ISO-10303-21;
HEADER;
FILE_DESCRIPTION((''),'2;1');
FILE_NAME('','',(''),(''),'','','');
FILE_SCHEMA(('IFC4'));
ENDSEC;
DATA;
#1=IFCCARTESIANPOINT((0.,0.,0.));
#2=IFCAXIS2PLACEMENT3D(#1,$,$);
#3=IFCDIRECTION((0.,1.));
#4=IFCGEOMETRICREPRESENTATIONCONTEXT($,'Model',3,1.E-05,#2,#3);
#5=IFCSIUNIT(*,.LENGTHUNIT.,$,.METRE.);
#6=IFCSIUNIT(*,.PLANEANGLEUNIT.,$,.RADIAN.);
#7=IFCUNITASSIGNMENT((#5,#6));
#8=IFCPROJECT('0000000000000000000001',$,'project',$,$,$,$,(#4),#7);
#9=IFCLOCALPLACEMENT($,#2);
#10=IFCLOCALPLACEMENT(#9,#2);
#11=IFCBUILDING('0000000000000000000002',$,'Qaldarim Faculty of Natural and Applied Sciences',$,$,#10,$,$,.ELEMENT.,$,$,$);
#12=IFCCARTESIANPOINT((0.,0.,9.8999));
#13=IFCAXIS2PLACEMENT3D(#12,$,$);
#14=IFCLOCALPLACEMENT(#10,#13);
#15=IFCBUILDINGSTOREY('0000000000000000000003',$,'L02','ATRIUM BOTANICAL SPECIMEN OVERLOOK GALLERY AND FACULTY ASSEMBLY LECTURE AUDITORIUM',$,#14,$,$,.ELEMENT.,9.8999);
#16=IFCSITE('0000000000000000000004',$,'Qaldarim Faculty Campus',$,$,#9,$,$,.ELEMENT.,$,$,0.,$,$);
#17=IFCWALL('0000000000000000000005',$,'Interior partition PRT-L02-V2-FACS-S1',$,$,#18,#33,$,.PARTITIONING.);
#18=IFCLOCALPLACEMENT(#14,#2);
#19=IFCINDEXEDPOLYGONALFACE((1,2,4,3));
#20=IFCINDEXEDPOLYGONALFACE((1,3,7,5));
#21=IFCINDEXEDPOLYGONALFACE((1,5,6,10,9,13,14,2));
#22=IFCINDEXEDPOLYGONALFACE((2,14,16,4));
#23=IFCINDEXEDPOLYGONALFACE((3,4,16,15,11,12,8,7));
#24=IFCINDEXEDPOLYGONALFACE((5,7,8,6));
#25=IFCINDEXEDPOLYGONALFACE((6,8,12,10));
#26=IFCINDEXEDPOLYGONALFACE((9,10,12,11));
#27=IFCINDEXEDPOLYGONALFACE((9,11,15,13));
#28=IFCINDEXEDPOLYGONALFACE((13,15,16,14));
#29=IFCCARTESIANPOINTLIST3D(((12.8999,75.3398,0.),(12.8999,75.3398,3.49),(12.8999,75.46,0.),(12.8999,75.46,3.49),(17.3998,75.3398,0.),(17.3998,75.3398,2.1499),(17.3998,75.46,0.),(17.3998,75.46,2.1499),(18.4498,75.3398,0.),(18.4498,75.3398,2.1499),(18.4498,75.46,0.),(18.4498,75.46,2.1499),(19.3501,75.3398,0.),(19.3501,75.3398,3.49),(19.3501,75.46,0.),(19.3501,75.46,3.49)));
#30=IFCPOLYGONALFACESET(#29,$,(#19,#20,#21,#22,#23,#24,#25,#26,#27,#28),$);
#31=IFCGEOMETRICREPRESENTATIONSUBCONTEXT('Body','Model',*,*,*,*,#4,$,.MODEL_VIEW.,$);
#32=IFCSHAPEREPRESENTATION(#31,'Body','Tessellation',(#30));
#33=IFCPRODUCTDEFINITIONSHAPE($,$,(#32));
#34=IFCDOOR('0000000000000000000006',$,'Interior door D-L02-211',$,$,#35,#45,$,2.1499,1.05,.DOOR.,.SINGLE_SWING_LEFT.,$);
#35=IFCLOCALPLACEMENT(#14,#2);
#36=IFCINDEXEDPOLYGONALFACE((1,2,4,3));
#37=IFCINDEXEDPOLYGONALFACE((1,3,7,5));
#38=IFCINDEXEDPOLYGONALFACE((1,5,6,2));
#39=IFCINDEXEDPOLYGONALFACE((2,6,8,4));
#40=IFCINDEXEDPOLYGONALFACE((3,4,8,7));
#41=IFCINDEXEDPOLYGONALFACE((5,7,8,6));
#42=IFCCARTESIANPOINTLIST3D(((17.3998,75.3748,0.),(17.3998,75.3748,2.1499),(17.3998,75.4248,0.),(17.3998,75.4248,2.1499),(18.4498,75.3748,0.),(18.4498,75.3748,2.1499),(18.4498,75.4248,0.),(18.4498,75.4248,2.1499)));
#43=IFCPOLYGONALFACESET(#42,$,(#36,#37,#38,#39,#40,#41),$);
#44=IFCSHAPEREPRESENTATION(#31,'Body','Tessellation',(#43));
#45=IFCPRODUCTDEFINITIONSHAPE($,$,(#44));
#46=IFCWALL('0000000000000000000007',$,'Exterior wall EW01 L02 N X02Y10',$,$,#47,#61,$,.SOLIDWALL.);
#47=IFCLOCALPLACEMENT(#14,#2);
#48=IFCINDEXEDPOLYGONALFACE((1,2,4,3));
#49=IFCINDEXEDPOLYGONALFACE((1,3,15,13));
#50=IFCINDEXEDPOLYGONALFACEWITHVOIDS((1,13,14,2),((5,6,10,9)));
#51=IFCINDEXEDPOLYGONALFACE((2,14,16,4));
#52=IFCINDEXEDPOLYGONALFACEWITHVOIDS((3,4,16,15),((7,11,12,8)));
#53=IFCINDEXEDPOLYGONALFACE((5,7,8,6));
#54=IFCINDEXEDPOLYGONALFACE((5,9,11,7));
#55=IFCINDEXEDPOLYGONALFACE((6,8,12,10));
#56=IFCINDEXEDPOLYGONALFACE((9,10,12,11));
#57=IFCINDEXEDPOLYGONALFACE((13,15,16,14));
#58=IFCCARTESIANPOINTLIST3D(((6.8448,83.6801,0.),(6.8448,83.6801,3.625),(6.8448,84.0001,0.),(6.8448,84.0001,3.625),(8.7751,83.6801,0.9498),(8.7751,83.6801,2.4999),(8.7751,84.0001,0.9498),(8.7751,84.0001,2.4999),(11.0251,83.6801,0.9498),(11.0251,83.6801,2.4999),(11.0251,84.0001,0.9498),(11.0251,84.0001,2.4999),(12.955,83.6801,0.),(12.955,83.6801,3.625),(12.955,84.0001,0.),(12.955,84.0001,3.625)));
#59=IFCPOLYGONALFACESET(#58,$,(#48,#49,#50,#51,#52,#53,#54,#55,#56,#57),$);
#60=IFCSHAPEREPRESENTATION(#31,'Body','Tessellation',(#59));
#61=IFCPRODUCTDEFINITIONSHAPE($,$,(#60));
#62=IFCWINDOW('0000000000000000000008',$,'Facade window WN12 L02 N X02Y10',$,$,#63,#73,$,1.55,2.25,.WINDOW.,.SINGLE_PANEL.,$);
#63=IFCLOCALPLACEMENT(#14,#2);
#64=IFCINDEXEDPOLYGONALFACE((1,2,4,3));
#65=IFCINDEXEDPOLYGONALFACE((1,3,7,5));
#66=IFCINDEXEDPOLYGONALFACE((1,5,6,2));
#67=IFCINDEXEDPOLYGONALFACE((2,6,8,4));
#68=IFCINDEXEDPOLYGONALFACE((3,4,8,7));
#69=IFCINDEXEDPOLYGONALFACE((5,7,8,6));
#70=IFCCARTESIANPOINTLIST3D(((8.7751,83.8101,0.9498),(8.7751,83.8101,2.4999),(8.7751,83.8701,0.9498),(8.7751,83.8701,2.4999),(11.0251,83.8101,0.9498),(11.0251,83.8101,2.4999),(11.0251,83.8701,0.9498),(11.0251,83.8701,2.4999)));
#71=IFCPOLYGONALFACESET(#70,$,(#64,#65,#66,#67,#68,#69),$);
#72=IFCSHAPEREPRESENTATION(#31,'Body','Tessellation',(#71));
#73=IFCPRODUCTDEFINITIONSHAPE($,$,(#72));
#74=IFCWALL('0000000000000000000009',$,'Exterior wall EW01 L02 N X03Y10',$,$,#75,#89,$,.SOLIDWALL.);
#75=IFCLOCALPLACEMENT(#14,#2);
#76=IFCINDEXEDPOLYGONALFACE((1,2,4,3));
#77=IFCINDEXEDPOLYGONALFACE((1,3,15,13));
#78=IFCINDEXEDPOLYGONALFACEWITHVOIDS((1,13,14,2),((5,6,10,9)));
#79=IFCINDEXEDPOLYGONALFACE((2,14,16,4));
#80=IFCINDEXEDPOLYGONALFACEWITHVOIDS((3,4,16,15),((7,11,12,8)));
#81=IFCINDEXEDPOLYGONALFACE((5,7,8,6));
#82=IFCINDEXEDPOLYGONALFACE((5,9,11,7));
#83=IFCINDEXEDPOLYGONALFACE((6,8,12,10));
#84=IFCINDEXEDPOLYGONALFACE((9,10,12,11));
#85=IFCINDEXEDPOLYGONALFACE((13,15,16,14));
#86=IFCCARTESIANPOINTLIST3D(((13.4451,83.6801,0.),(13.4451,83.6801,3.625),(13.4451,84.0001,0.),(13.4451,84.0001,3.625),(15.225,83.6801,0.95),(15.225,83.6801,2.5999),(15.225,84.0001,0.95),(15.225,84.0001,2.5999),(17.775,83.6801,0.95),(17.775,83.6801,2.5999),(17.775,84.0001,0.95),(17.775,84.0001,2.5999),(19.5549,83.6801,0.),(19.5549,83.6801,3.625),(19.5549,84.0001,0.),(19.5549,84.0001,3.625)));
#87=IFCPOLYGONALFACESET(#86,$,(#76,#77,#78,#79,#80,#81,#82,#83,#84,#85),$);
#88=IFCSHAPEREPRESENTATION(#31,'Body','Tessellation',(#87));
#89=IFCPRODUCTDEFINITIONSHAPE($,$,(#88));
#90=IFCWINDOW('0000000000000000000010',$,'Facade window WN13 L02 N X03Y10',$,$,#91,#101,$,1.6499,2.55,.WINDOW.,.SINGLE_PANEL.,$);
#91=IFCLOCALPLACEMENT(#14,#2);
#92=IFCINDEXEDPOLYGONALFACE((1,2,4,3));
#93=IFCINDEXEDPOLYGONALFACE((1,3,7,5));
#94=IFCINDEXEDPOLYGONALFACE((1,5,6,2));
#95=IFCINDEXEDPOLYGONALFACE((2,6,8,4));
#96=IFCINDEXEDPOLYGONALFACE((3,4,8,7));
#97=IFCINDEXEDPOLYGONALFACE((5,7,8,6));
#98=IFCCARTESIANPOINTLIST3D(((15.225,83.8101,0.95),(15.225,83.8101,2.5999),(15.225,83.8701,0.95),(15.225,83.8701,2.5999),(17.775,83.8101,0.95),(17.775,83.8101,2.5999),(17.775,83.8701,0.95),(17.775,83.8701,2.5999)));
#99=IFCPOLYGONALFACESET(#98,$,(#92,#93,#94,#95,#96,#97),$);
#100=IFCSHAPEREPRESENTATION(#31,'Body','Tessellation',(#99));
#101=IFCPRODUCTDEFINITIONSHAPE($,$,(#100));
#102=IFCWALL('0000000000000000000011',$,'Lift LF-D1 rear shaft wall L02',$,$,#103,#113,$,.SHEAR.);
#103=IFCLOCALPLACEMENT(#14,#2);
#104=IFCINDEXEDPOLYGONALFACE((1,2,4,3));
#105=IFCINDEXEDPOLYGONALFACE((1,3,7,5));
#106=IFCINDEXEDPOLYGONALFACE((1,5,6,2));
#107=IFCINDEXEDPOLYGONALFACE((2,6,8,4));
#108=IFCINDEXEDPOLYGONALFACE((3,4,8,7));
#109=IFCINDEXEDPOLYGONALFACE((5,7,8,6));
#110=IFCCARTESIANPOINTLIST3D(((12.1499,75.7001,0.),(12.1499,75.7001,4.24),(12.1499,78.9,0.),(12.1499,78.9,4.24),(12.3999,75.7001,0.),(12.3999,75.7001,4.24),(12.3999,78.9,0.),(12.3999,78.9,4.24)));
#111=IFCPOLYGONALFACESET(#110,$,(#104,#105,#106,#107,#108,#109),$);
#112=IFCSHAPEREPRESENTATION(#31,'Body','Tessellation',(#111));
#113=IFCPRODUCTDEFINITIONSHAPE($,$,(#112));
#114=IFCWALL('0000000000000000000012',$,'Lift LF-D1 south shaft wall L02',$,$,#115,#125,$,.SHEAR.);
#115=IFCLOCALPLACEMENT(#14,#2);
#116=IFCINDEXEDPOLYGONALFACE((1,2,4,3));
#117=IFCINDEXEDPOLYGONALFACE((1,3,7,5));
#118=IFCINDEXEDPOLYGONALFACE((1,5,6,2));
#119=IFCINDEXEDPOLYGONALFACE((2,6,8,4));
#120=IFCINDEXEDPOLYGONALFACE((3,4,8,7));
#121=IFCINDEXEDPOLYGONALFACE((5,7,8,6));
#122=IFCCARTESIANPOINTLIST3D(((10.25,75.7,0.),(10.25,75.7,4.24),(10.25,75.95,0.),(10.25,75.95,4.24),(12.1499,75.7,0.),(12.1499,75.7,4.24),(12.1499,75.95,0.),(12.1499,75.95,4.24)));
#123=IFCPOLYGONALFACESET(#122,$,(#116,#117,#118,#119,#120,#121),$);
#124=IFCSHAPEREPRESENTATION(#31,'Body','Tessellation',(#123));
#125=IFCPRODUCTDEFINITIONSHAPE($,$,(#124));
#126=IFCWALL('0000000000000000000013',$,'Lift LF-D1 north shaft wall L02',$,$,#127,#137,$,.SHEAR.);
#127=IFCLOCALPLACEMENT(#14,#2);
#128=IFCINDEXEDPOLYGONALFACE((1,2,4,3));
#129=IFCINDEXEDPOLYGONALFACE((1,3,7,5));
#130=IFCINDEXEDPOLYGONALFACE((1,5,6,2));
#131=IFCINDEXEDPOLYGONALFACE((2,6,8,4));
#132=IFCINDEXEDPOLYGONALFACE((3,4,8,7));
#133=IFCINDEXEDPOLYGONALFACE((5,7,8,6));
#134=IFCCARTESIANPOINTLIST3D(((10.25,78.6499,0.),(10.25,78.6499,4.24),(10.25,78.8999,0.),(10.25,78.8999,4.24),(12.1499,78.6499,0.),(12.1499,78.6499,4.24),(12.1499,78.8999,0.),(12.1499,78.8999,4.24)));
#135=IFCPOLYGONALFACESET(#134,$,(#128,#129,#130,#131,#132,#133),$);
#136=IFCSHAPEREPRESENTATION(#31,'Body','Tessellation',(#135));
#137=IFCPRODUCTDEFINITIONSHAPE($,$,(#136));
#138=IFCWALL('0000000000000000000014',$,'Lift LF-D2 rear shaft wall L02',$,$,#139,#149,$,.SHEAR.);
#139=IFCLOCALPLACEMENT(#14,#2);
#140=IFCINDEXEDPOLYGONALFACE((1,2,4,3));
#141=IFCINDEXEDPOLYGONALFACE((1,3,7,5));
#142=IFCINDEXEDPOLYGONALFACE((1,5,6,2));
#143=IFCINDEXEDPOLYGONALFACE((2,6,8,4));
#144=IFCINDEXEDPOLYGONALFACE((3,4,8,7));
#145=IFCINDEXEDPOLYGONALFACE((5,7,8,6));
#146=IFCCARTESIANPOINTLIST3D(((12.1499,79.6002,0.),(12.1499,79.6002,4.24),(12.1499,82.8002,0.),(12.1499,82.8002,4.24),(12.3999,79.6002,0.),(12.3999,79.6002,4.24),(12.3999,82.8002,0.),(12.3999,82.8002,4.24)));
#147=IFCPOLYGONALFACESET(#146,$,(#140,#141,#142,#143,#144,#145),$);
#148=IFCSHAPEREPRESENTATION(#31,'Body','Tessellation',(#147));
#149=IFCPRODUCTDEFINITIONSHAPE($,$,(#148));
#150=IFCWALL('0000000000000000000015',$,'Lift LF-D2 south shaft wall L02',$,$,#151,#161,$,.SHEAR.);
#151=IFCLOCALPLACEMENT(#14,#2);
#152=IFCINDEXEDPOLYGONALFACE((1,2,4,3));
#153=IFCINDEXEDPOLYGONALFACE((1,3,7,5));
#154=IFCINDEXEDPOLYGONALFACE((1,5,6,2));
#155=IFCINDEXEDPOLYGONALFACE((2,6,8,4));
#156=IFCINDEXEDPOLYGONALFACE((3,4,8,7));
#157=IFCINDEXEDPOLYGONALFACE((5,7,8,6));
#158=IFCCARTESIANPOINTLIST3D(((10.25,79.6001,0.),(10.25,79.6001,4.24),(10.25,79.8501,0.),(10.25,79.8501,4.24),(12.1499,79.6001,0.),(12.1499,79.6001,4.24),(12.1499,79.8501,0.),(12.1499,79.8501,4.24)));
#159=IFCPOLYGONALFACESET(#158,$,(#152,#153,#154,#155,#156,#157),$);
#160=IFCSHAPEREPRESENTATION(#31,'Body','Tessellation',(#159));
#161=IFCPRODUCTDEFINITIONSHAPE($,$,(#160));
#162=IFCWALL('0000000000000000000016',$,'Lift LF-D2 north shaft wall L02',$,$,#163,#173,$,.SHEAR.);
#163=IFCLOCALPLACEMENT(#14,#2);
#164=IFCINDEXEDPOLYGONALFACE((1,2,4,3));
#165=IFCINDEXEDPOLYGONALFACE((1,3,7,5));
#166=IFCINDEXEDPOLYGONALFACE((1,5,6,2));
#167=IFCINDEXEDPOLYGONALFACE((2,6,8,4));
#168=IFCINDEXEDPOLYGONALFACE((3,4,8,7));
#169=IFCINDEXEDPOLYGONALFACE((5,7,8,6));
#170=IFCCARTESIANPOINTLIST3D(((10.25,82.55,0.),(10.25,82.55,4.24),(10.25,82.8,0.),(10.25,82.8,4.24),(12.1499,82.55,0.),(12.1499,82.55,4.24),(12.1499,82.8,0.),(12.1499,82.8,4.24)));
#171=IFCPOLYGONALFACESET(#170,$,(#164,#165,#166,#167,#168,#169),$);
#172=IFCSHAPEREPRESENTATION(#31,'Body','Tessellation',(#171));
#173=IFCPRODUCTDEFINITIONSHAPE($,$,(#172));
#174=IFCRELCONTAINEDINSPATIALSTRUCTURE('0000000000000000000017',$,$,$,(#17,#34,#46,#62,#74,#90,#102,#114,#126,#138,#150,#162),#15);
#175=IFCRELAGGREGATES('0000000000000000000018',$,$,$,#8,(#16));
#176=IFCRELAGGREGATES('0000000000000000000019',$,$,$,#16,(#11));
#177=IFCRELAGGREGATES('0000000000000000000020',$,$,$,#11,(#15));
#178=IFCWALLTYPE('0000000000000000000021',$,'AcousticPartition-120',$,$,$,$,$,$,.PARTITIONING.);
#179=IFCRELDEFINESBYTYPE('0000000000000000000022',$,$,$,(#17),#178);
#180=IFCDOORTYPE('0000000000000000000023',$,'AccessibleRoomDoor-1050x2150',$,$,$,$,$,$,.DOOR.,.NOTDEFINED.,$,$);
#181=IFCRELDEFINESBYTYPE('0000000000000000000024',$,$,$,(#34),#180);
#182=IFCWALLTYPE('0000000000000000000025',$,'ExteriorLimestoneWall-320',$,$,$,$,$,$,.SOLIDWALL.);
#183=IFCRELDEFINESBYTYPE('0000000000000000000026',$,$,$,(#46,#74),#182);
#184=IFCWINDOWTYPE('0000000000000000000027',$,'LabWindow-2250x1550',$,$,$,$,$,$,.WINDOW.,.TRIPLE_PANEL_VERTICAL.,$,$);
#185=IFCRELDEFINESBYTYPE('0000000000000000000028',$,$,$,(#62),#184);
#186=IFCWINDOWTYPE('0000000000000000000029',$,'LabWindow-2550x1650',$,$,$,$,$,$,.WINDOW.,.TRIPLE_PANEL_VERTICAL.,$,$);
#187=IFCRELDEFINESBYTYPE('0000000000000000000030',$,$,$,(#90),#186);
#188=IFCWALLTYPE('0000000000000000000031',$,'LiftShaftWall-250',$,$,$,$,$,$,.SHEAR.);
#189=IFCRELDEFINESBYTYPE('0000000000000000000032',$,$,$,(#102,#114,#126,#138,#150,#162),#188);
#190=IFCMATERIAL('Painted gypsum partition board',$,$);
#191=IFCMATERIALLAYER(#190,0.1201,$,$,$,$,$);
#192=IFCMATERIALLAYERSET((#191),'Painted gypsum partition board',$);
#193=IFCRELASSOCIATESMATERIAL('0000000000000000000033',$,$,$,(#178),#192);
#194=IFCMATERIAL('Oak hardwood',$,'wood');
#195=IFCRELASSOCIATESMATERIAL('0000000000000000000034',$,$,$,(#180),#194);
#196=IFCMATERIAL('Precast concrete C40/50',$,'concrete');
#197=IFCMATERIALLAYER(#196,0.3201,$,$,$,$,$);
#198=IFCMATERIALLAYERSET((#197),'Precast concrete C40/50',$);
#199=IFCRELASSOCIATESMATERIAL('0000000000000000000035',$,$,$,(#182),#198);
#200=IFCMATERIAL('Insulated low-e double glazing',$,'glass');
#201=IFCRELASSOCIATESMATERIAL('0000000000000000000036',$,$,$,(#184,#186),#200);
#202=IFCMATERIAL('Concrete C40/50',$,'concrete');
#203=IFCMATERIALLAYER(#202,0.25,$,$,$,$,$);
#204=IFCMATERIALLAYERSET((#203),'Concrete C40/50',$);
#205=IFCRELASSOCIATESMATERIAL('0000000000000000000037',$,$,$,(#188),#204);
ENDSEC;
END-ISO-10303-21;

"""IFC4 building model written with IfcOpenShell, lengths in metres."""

from ifc_helpers import new_model, si_unit, direction, frame, frame_2d, origin, place, context, subcontext, project, spatial, rectangle, extrude, material, layer, layer_set, type_object, element, fill, save


model = new_model("IFC4")

# Units and contexts
model_context = context("Model", 3, precision=1e-05, world=origin(), true_north=direction((0.0, 1.0)))
body_context = subcontext(model_context, "Body", "Model", "MODEL_VIEW")
ifc_project = project(units=[si_unit("LENGTHUNIT", "METRE"), si_unit("PLANEANGLEUNIT", "RADIAN")], contexts=[model_context])

# Site, building, storey
site_placement = place(None, origin())
site = spatial("IfcSite", under=ifc_project, at=site_placement, Name="Qaldarim Faculty Campus", CompositionType="ELEMENT", RefElevation=0.0)
building_placement = place(site_placement, origin())
building = spatial("IfcBuilding", under=site, at=building_placement, Name="Qaldarim Faculty of Natural and Applied Sciences", CompositionType="ELEMENT")
storey_placement = place(building_placement, frame((0.0, 0.0, 9.8999)))
storey = spatial("IfcBuildingStorey", under=building, at=storey_placement, Name="L02", Description="ATRIUM BOTANICAL SPECIMEN OVERLOOK GALLERY AND FACULTY ASSEMBLY LECTURE AUDITORIUM", CompositionType="ELEMENT", Elevation=9.8999)

# Shared definitions
ifc_material_1 = material(Name="Concrete C40/50", Category="concrete")
ifc_material_2 = material(Name="Precast concrete C40/50", Category="concrete")

# Wall, opening, door
ifc_material_3 = material(Name="Painted gypsum partition board")
ifc_layer_1 = layer(ifc_material_3, 0.1201)
ifc_layer_set_1 = layer_set([ifc_layer_1], Name="Painted gypsum partition board")
wall_type_1 = type_object("IfcWallType", Name="AcousticPartition-120", PredefinedType="PARTITIONING", material=ifc_layer_set_1)
wall_1_placement = place(storey_placement, frame((12.8999, 75.3999, 0.0), z_axis=(0.0, 0.0, 1.0), x_axis=(1.0, 0.0, 0.0)))
wall_1 = element("IfcWall", 1, at=wall_1_placement, inside=storey, type_object=wall_type_1, Name="Interior partition PRT-L02-V2-FACS-S1", PredefinedType="PARTITIONING", context=body_context, shape_type="SweptSolid", body=[
    extrude(rectangle(XDim=6.4502, YDim=0.1201, at=frame_2d((3.2251, 0.0))), origin(), (0.0, 0.0, 1.0), 3.49),
])
opening_1_placement = place(wall_1_placement, frame((4.5, 0.0, 0.0)))
opening_1 = element("IfcOpeningElement", 2, at=opening_1_placement, cuts=wall_1, PredefinedType="OPENING", context=body_context, shape_type="SweptSolid", body=[
    extrude(rectangle(XDim=1.05, YDim=2.1499, at=frame_2d((0.5249, 1.075))), frame((0.0, 0.0701, 0.0), z_axis=(0.0, -1.0, 0.0), x_axis=(1.0, 0.0, 0.0)), (0.0, 0.0, 1.0), 0.1401),
])
ifc_material_4 = material(Name="Oak hardwood", Category="wood")
door_type_1 = type_object("IfcDoorType", Name="AccessibleRoomDoor-1050x2150", OperationType="NOTDEFINED", PredefinedType="DOOR", material=ifc_material_4)
door_1_placement = place(opening_1_placement, origin())
door_1 = element("IfcDoor", 3, at=door_1_placement, inside=storey, type_object=door_type_1, Name="Interior door D-L02-211", OperationType="SINGLE_SWING_LEFT", OverallHeight=2.1499, OverallWidth=1.05, PredefinedType="DOOR", context=body_context, shape_type="SweptSolid", body=[
    extrude(rectangle(XDim=1.05, YDim=2.1499, at=frame_2d((0.5249, 1.075))), frame((0.0, 0.0249, 0.0), z_axis=(0.0, -1.0, 0.0), x_axis=(1.0, 0.0, 0.0)), (0.0, 0.0, 1.0), 0.05),
])
fill(opening_1, door_1)

# Walls, openings, windows
ifc_layer_2 = layer(ifc_material_2, 0.3201)
ifc_layer_set_2 = layer_set([ifc_layer_2], Name="Precast concrete C40/50")
wall_type_2 = type_object("IfcWallType", Name="ExteriorLimestoneWall-320", PredefinedType="SOLIDWALL", material=ifc_layer_set_2)
wall_2_placement = place(storey_placement, frame((12.9551, 83.8401, 0.0), z_axis=(0.0, 0.0, 1.0), x_axis=(-1.0, 0.0, 0.0)))
wall_2 = element("IfcWall", 4, at=wall_2_placement, inside=storey, type_object=wall_type_2, Name="Exterior wall EW01 L02 N X02Y10", PredefinedType="SOLIDWALL", context=body_context, shape_type="SweptSolid", body=[
    extrude(rectangle(XDim=6.1101, YDim=0.3201, at=frame_2d((3.0552, 0.0))), origin(), (0.0, 0.0, 1.0), 3.625),
])
opening_2_placement = place(wall_2_placement, frame((1.9299, 0.0, 0.95)))
opening_2 = element("IfcOpeningElement", 5, at=opening_2_placement, cuts=wall_2, PredefinedType="OPENING", context=body_context, shape_type="SweptSolid", body=[
    extrude(rectangle(XDim=2.25, YDim=1.55, at=frame_2d((1.125, 0.7749))), frame((0.0, 0.1699, 0.0), z_axis=(0.0, -1.0, 0.0), x_axis=(1.0, 0.0, 0.0)), (0.0, 0.0, 1.0), 0.3401),
])
ifc_material_5 = material(Name="Insulated low-e double glazing", Category="glass")
window_type_1 = type_object("IfcWindowType", Name="LabWindow-2250x1550", PartitioningType="TRIPLE_PANEL_VERTICAL", PredefinedType="WINDOW", material=ifc_material_5)
window_1_placement = place(opening_2_placement, origin())
window_1 = element("IfcWindow", 6, at=window_1_placement, inside=storey, type_object=window_type_1, Name="Facade window WN12 L02 N X02Y10", OverallHeight=1.55, OverallWidth=2.25, PartitioningType="SINGLE_PANEL", PredefinedType="WINDOW", context=body_context, shape_type="SweptSolid", body=[
    extrude(rectangle(XDim=2.25, YDim=1.55, at=frame_2d((1.125, 0.7749))), frame((0.0, 0.03, 0.0), z_axis=(0.0, -1.0, 0.0), x_axis=(1.0, 0.0, 0.0)), (0.0, 0.0, 1.0), 0.0601),
])
fill(opening_2, window_1)
wall_3_placement = place(storey_placement, frame((19.5549, 83.8401, 0.0), z_axis=(0.0, 0.0, 1.0), x_axis=(-1.0, 0.0, 0.0)))
wall_3 = element("IfcWall", 7, at=wall_3_placement, inside=storey, type_object=wall_type_2, Name="Exterior wall EW01 L02 N X03Y10", PredefinedType="SOLIDWALL", context=body_context, shape_type="SweptSolid", body=[
    extrude(rectangle(XDim=6.1099, YDim=0.3201, at=frame_2d((3.0549, 0.0))), origin(), (0.0, 0.0, 1.0), 3.625),
])
opening_3_placement = place(wall_3_placement, frame((1.78, 0.0, 0.95)))
opening_3 = element("IfcOpeningElement", 8, at=opening_3_placement, cuts=wall_3, PredefinedType="OPENING", context=body_context, shape_type="SweptSolid", body=[
    extrude(rectangle(XDim=2.55, YDim=1.6499, at=frame_2d((1.2749, 0.825))), frame((0.0, 0.1699, 0.0), z_axis=(0.0, -1.0, 0.0), x_axis=(1.0, 0.0, 0.0)), (0.0, 0.0, 1.0), 0.3401),
])
window_type_2 = type_object("IfcWindowType", Name="LabWindow-2550x1650", PartitioningType="TRIPLE_PANEL_VERTICAL", PredefinedType="WINDOW", material=ifc_material_5)
window_2_placement = place(opening_3_placement, origin())
window_2 = element("IfcWindow", 9, at=window_2_placement, inside=storey, type_object=window_type_2, Name="Facade window WN13 L02 N X03Y10", OverallHeight=1.6499, OverallWidth=2.55, PartitioningType="SINGLE_PANEL", PredefinedType="WINDOW", context=body_context, shape_type="SweptSolid", body=[
    extrude(rectangle(XDim=2.55, YDim=1.6499, at=frame_2d((1.2749, 0.825))), frame((0.0, 0.03, 0.0), z_axis=(0.0, -1.0, 0.0), x_axis=(1.0, 0.0, 0.0)), (0.0, 0.0, 1.0), 0.0601),
])
fill(opening_3, window_2)

# Shared definitions
ifc_layer_3 = layer(ifc_material_1, 0.25)
ifc_layer_set_3 = layer_set([ifc_layer_3], Name="Concrete C40/50")
wall_type_3 = type_object("IfcWallType", Name="LiftShaftWall-250", PredefinedType="SHEAR", material=ifc_layer_set_3)

# Walls
wall_4_placement = place(storey_placement, frame((12.2749, 75.7, 0.0), z_axis=(0.0, 0.0, 1.0), x_axis=(0.0, 1.0, 0.0)))
element("IfcWall", 10, at=wall_4_placement, inside=storey, type_object=wall_type_3, Name="Lift LF-D1 rear shaft wall L02", PredefinedType="SHEAR", context=body_context, shape_type="SweptSolid", body=[
    extrude(rectangle(XDim=3.2, YDim=0.25, at=frame_2d((1.6001, 0.0))), origin(), (0.0, 0.0, 1.0), 4.24),
])
for number, where, z_axis, x_axis, name in (
    (11, (10.25, 75.825, 0.0), (0.0, 0.0, 1.0), (1.0, 0.0, 0.0), "Lift LF-D1 south shaft wall L02"),
    (12, (10.25, 78.7749, 0.0), (0.0, 0.0, 1.0), (1.0, 0.0, 0.0), "Lift LF-D1 north shaft wall L02"),
):
    element("IfcWall", number, at=place(storey_placement, frame(where, z_axis=z_axis, x_axis=x_axis)), inside=storey, type_object=wall_type_3, Name=name, PredefinedType="SHEAR", context=body_context, shape_type="SweptSolid", body=[
        extrude(rectangle(XDim=1.8999, YDim=0.25, at=frame_2d((0.95, 0.0))), origin(), (0.0, 0.0, 1.0), 4.24),
    ])

# Walls
wall_5_placement = place(storey_placement, frame((12.2749, 79.6001, 0.0), z_axis=(0.0, 0.0, 1.0), x_axis=(0.0, 1.0, 0.0)))
element("IfcWall", 13, at=wall_5_placement, inside=storey, type_object=wall_type_3, Name="Lift LF-D2 rear shaft wall L02", PredefinedType="SHEAR", context=body_context, shape_type="SweptSolid", body=[
    extrude(rectangle(XDim=3.2, YDim=0.25, at=frame_2d((1.6001, 0.0))), origin(), (0.0, 0.0, 1.0), 4.24),
])
for number, where, z_axis, x_axis, name in (
    (14, (10.25, 79.7251, 0.0), (0.0, 0.0, 1.0), (1.0, 0.0, 0.0), "Lift LF-D2 south shaft wall L02"),
    (15, (10.25, 82.675, 0.0), (0.0, 0.0, 1.0), (1.0, 0.0, 0.0), "Lift LF-D2 north shaft wall L02"),
):
    element("IfcWall", number, at=place(storey_placement, frame(where, z_axis=z_axis, x_axis=x_axis)), inside=storey, type_object=wall_type_3, Name=name, PredefinedType="SHEAR", context=body_context, shape_type="SweptSolid", body=[
        extrude(rectangle(XDim=1.8999, YDim=0.25, at=frame_2d((0.95, 0.0))), origin(), (0.0, 0.0, 1.0), 4.24),
    ])

save(model, "model.ifc")
